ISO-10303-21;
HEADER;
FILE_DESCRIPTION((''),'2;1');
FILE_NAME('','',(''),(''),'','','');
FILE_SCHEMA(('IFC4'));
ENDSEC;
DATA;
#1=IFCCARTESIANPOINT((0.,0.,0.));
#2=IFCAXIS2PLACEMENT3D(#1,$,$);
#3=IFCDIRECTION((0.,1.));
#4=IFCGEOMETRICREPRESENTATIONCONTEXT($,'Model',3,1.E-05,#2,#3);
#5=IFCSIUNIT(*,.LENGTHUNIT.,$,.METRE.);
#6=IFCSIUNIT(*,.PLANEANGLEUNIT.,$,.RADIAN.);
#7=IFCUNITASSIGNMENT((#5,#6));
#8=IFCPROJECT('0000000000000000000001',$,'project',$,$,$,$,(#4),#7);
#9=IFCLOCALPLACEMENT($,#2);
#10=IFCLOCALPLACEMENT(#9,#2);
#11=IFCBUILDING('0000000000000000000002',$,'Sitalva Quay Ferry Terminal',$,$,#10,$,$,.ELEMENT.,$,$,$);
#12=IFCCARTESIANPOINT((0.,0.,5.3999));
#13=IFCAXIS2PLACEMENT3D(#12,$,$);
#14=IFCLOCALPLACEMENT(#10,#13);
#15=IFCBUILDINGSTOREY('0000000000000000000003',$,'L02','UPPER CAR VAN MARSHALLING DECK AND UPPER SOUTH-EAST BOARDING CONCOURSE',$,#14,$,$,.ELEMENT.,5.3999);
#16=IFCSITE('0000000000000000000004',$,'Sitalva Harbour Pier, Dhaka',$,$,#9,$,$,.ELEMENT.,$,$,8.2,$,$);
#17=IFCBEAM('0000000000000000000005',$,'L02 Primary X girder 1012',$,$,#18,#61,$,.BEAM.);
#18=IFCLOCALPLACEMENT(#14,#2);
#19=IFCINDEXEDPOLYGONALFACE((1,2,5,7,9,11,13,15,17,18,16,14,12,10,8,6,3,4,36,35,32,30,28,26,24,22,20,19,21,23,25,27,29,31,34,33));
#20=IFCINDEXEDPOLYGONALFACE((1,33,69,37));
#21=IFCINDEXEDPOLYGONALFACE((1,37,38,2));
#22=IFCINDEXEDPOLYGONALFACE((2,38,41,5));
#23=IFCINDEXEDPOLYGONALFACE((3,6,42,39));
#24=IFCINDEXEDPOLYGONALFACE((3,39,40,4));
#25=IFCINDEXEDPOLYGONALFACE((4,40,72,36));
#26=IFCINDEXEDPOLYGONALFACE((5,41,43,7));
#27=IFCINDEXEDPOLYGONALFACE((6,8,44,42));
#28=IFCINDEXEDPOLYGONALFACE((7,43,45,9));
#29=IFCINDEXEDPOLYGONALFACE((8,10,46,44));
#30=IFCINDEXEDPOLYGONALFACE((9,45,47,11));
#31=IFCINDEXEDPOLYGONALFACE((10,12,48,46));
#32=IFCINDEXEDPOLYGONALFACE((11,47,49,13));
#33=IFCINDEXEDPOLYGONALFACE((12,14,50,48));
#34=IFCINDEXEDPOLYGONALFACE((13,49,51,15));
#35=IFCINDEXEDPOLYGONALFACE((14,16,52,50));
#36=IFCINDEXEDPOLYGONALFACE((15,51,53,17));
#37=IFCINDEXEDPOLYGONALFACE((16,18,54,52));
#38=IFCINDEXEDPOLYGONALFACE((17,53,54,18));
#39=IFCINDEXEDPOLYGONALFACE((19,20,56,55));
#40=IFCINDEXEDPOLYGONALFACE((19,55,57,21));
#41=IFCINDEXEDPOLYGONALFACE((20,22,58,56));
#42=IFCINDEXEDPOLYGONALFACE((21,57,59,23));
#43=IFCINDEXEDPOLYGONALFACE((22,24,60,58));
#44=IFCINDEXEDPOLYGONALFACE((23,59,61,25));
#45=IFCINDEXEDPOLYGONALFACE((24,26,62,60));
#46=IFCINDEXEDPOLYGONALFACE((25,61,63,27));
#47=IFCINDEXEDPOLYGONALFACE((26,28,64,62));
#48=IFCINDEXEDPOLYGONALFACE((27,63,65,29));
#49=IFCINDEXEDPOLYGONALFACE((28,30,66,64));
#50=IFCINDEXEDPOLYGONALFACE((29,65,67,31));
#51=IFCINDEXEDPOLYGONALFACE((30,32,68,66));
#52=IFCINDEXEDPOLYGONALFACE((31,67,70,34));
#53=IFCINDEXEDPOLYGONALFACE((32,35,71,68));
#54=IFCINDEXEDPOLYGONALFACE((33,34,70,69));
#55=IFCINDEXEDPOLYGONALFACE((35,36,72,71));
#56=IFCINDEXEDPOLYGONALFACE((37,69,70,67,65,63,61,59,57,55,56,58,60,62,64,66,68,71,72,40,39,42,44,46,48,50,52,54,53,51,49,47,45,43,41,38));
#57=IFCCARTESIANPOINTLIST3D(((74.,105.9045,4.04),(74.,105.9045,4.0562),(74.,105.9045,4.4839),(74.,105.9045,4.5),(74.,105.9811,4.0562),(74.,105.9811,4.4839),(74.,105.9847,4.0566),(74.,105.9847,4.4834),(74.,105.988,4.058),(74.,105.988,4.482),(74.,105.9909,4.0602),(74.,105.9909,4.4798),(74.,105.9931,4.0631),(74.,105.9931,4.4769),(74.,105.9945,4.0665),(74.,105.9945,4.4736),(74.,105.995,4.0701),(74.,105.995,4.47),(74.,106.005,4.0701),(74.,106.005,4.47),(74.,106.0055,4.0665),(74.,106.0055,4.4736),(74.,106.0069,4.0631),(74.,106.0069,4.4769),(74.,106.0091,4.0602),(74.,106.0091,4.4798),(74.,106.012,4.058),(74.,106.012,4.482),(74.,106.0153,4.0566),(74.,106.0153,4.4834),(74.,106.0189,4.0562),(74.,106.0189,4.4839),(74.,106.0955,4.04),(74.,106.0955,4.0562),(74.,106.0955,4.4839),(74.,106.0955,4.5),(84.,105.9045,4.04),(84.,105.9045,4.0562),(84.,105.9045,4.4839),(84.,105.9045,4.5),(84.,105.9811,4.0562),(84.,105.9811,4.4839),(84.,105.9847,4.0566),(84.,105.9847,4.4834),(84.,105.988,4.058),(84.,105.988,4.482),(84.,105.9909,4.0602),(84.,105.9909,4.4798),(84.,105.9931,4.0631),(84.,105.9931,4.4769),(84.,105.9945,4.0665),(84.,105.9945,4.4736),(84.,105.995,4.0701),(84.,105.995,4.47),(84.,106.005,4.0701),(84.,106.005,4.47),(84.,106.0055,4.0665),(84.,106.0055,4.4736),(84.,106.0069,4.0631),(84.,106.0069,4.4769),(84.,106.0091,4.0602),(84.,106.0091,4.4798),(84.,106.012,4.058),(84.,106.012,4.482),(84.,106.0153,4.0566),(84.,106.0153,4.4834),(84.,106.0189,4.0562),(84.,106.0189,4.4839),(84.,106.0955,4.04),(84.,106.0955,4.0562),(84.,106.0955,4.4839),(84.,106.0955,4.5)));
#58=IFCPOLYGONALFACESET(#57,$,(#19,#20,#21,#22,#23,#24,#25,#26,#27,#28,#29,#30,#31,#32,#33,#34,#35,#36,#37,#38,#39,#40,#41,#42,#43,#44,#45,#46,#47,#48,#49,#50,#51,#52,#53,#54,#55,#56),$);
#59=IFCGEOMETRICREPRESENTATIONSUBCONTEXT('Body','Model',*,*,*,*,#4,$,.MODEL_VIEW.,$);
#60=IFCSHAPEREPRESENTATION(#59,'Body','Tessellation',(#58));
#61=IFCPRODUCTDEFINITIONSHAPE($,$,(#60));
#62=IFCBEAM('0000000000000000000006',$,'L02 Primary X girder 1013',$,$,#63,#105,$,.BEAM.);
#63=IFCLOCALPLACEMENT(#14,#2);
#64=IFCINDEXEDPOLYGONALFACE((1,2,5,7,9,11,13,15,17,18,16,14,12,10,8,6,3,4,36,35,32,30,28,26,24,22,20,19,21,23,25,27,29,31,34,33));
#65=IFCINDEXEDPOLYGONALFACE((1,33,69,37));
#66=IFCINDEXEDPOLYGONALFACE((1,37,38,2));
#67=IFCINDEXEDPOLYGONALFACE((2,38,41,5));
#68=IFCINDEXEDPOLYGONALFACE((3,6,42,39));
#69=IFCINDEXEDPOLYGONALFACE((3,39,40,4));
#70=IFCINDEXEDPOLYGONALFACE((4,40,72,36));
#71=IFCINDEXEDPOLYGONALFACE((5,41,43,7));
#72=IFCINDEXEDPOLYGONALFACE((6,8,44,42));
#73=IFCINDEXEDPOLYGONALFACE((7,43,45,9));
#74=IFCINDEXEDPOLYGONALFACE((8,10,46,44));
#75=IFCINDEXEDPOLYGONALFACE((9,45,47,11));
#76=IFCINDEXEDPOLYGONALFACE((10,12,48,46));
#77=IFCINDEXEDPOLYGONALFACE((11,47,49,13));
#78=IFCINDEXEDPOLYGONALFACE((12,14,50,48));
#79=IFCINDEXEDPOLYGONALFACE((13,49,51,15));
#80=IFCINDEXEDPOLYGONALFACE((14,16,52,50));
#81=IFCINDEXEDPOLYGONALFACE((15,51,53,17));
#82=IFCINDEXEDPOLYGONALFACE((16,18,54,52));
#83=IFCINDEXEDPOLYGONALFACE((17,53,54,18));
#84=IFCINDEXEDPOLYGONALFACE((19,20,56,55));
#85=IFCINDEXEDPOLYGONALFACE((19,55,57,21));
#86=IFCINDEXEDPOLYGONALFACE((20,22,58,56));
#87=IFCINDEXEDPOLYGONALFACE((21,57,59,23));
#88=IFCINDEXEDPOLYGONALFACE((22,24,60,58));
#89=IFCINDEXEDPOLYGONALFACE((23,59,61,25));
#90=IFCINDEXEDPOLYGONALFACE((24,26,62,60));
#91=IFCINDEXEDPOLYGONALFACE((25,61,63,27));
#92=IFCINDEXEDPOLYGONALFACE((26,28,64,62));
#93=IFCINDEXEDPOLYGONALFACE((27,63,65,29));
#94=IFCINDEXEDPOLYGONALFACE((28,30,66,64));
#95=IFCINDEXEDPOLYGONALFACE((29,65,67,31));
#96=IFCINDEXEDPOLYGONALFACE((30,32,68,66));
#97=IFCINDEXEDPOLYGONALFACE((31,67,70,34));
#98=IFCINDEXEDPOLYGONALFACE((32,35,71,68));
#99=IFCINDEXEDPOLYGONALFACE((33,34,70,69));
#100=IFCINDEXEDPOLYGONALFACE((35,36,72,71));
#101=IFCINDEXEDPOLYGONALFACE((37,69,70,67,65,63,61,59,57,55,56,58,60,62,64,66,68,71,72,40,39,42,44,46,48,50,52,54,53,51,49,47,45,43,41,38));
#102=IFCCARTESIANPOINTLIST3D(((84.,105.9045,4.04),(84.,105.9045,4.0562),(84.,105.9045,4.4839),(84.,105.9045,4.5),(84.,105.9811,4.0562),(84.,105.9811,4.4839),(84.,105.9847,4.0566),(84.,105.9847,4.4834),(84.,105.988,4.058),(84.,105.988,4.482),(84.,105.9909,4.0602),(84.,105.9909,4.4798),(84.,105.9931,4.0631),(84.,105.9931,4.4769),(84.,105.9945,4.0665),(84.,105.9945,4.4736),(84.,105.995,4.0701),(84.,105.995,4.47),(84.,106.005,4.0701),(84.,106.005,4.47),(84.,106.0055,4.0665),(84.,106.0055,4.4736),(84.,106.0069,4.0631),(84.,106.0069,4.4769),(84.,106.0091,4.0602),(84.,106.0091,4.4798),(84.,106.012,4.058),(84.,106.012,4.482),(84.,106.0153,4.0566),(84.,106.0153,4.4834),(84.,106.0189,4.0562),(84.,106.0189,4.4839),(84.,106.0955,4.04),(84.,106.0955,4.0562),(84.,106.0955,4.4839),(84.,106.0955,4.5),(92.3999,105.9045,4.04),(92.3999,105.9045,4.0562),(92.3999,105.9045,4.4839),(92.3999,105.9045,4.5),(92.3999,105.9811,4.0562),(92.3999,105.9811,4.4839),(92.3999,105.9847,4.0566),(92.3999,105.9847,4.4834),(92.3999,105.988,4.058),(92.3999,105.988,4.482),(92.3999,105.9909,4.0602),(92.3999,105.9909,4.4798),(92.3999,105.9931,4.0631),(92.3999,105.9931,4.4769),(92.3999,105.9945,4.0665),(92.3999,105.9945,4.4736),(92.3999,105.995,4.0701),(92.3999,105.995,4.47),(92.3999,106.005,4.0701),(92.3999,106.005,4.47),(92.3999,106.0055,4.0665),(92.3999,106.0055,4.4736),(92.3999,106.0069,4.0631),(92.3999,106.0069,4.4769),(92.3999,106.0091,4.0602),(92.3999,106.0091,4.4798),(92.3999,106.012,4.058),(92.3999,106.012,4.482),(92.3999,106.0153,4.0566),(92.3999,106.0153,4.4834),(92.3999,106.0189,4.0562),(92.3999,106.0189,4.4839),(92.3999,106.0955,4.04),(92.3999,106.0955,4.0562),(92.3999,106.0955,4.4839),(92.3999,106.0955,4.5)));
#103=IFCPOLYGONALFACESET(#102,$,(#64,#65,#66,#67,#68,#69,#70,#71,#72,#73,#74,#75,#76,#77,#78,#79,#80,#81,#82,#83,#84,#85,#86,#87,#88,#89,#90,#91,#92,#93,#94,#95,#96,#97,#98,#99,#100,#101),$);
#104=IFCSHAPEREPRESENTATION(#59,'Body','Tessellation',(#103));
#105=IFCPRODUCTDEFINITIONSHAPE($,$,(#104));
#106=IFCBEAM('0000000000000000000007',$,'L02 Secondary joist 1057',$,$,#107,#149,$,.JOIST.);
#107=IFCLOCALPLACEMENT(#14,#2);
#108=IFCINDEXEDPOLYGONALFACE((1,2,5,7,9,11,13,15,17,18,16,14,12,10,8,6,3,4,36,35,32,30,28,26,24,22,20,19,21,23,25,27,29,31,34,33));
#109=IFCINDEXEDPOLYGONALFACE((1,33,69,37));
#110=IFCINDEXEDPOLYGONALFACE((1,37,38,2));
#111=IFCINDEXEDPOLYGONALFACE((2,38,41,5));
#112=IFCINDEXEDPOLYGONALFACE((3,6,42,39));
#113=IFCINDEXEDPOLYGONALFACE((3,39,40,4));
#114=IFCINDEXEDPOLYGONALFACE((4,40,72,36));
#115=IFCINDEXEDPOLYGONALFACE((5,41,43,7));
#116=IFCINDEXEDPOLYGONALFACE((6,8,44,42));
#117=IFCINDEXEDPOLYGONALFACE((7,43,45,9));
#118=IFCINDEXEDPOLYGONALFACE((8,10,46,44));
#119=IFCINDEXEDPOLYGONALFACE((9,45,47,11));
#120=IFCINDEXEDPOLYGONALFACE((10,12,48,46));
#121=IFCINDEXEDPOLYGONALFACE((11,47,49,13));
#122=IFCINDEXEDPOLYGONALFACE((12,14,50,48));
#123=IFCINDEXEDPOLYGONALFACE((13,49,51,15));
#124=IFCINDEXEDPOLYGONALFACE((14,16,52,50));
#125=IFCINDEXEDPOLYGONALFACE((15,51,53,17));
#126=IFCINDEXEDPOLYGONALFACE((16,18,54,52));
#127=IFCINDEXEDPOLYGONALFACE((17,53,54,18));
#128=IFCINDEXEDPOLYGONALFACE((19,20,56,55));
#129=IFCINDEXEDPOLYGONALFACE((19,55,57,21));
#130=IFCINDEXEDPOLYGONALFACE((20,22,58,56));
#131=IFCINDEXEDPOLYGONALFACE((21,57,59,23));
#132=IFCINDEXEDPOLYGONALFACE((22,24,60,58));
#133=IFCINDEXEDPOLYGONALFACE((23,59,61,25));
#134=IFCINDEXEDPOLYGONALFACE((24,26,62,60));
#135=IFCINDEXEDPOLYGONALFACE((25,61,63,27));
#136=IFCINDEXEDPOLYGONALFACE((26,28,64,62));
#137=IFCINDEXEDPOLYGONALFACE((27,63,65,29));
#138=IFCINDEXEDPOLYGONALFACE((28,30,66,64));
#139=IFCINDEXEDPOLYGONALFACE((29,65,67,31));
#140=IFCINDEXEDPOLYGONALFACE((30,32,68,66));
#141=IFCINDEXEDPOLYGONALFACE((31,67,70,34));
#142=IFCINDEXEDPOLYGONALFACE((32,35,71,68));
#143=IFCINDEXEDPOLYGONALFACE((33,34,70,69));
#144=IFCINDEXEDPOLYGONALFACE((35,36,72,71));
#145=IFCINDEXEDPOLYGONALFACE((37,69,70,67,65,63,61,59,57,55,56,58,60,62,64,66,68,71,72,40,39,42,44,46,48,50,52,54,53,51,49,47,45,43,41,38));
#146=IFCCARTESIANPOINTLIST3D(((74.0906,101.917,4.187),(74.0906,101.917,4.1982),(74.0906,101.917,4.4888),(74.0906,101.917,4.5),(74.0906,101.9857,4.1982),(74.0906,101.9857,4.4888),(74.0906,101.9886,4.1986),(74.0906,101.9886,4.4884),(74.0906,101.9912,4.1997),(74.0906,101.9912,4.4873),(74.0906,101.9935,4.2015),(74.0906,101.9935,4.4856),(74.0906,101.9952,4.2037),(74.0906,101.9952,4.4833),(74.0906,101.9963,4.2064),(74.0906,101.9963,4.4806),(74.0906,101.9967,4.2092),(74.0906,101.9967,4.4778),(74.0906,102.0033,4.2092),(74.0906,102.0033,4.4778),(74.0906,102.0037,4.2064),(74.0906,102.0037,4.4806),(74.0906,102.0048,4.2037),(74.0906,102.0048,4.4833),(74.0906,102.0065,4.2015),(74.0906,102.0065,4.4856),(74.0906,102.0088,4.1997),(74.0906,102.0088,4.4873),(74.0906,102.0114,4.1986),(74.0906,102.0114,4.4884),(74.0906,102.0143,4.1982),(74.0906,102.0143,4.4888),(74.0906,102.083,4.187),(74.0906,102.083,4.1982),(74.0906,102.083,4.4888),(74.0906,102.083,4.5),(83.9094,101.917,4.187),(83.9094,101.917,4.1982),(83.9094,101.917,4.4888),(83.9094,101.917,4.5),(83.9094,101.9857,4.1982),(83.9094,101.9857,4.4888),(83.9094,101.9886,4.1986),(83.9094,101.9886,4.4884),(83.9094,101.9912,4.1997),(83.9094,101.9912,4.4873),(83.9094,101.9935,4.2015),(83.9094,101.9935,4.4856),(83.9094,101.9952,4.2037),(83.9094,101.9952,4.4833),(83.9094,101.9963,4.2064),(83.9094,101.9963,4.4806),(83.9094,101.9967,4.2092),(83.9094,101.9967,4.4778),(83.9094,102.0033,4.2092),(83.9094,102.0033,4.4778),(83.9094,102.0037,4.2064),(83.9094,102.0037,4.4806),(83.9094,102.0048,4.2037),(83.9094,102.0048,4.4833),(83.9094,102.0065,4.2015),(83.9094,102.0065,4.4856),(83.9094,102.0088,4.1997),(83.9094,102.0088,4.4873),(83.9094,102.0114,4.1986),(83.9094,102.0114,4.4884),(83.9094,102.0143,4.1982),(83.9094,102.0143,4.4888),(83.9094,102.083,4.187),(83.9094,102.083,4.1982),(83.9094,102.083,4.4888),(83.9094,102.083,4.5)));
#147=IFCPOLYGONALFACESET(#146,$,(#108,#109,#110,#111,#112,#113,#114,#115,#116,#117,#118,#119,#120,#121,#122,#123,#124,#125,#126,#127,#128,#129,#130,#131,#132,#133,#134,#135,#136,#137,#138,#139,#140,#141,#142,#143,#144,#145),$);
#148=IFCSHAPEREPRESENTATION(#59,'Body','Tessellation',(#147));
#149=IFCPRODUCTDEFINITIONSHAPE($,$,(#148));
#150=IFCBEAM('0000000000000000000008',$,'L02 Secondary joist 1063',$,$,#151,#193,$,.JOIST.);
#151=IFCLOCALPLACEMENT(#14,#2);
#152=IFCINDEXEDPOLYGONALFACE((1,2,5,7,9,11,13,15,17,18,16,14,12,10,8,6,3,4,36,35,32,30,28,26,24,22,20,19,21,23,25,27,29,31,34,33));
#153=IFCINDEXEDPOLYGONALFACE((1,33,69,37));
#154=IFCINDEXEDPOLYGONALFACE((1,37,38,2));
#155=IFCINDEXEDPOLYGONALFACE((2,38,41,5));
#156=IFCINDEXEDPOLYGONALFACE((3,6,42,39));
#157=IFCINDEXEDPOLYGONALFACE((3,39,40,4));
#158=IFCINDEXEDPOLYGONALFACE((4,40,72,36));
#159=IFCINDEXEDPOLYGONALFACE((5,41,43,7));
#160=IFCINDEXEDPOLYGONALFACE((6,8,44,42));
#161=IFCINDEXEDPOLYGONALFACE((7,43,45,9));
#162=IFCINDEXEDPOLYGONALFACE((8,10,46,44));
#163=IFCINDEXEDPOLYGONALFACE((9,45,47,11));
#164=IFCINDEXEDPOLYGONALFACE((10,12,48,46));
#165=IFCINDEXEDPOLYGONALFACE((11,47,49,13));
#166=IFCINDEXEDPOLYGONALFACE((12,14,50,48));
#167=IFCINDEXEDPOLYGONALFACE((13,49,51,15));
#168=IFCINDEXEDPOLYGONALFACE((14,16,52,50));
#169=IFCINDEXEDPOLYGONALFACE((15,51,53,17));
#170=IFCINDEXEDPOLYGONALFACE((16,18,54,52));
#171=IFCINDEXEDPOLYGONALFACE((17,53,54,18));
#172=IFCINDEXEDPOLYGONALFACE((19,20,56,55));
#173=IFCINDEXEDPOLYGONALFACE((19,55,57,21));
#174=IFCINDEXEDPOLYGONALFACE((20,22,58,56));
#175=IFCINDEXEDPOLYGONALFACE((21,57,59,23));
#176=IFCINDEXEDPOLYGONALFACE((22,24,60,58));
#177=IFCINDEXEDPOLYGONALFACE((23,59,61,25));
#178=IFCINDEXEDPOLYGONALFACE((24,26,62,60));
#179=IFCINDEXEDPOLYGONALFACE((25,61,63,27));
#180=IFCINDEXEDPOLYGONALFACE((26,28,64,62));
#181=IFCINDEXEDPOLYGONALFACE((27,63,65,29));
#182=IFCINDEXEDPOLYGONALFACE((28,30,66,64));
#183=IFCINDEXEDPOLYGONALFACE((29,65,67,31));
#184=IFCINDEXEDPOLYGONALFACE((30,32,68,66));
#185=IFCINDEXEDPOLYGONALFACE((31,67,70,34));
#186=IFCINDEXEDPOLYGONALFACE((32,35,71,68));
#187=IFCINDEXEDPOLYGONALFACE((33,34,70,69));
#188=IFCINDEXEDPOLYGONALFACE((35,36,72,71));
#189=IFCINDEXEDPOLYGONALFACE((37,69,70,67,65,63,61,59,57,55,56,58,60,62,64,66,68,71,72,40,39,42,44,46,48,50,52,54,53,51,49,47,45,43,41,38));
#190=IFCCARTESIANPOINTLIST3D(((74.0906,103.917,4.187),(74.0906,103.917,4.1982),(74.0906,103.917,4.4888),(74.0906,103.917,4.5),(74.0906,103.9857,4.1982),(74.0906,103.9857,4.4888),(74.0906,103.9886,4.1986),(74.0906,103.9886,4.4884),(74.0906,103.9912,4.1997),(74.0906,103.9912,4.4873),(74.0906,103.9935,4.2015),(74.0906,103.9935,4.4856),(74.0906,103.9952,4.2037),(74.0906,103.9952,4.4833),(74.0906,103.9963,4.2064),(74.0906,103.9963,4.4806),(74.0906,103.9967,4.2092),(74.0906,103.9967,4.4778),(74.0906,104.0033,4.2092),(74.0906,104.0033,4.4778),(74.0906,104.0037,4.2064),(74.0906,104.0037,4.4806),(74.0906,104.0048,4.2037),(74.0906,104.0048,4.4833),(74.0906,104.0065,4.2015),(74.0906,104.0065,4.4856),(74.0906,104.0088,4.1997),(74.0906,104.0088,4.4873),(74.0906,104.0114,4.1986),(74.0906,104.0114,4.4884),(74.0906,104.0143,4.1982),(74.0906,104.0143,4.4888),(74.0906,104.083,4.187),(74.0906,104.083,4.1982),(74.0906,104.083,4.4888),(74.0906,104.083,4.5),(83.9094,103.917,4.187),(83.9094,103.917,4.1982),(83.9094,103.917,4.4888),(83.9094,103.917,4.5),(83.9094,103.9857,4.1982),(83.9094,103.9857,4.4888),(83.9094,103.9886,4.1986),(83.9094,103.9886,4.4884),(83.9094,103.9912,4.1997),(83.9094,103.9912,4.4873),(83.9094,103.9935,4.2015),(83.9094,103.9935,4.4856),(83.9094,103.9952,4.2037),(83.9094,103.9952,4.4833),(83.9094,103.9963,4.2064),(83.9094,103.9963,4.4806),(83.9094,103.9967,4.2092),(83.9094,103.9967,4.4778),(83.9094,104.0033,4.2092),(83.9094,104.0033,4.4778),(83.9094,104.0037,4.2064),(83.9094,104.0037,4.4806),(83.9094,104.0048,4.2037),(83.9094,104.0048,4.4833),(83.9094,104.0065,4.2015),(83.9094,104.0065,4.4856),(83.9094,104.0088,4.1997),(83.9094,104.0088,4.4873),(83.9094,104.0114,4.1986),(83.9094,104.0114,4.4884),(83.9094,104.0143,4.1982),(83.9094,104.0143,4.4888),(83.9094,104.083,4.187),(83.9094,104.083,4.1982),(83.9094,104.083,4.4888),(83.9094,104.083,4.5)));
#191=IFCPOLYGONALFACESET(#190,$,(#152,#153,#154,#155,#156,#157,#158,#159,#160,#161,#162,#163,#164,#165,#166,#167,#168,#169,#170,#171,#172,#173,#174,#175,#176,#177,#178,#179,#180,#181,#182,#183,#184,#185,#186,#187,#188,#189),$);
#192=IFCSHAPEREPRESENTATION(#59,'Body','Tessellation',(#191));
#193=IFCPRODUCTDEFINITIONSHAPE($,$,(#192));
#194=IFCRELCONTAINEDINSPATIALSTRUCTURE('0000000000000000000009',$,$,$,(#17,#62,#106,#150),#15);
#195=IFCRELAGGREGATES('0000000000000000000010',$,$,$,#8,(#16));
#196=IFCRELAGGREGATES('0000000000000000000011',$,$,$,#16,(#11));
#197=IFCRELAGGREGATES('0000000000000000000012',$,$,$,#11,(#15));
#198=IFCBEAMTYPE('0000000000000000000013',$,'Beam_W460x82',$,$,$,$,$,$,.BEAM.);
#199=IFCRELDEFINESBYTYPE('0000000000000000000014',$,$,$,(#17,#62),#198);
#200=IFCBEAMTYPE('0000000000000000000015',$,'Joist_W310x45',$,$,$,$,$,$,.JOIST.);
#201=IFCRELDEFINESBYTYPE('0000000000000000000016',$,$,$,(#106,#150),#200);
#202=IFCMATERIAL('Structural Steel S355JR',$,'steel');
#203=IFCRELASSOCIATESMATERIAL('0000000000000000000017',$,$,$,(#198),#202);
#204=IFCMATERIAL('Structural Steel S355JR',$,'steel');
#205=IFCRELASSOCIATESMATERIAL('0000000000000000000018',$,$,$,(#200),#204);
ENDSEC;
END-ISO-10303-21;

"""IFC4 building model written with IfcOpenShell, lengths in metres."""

from ifc_helpers import new_model, si_unit, direction, frame, origin, origin_2d, place, context, subcontext, project, spatial, i_section, extrude, material, material_profile, profile_set, type_object, element, save


model = new_model("IFC4")

# Units and contexts
model_context = context("Model", 3, precision=1e-05, world=origin(), true_north=direction((0.0, 1.0)))
body_context = subcontext(model_context, "Body", "Model", "MODEL_VIEW")
ifc_project = project(units=[si_unit("LENGTHUNIT", "METRE"), si_unit("PLANEANGLEUNIT", "RADIAN")], contexts=[model_context])

# Site, building, storey
site_placement = place(None, origin())
site = spatial("IfcSite", under=ifc_project, at=site_placement, Name="Sitalva Harbour Pier, Dhaka", CompositionType="ELEMENT", RefElevation=8.2)
building_placement = place(site_placement, origin())
building = spatial("IfcBuilding", under=site, at=building_placement, Name="Sitalva Quay Ferry Terminal", CompositionType="ELEMENT")
storey_placement = place(building_placement, frame((0.0, 0.0, 5.3999)))
storey = spatial("IfcBuildingStorey", under=building, at=storey_placement, Name="L02", Description="UPPER CAR VAN MARSHALLING DECK AND UPPER SOUTH-EAST BOARDING CONCOURSE", CompositionType="ELEMENT", Elevation=5.3999)

# Beams
ifc_material_1 = material(Name="Structural Steel S355JR", Category="steel")
ifc_material_profile_1 = material_profile(ifc_material_1, i_section(OverallWidth=0.1909, OverallDepth=0.46, WebThickness=0.01, FlangeThickness=0.0161, FilletRadius=0.0139, at=origin_2d()), Name="W460x82")
ifc_profile_set_1 = profile_set([ifc_material_profile_1], Name="Structural Steel S355JR")
beam_type_1 = type_object("IfcBeamType", Name="Beam_W460x82", PredefinedType="BEAM", material=ifc_profile_set_1)
beam_1_placement = place(storey_placement, frame((74.0, 106.0, 4.27), z_axis=(1.0, 0.0, 0.0), x_axis=(0.0, 1.0, 0.0)))
element("IfcBeam", 1, at=beam_1_placement, inside=storey, type_object=beam_type_1, Name="L02 Primary X girder 1012", PredefinedType="BEAM", context=body_context, shape_type="SweptSolid", body=[
    extrude(i_section(OverallWidth=0.1909, OverallDepth=0.46, WebThickness=0.01, FlangeThickness=0.0161, FilletRadius=0.0139, at=origin_2d()), origin(), (0.0, 0.0, 1.0), 10.0),
])
beam_2_placement = place(storey_placement, frame((84.0, 106.0, 4.27), z_axis=(1.0, 0.0, 0.0), x_axis=(0.0, 1.0, 0.0)))
element("IfcBeam", 2, at=beam_2_placement, inside=storey, type_object=beam_type_1, Name="L02 Primary X girder 1013", PredefinedType="BEAM", context=body_context, shape_type="SweptSolid", body=[
    extrude(i_section(OverallWidth=0.1909, OverallDepth=0.46, WebThickness=0.01, FlangeThickness=0.0161, FilletRadius=0.0139, at=origin_2d()), origin(), (0.0, 0.0, 1.0), 8.3999),
])
ifc_material_2 = material(Name="Structural Steel S355JR", Category="steel")
ifc_material_profile_2 = material_profile(ifc_material_2, i_section(OverallWidth=0.166, OverallDepth=0.313, WebThickness=0.0066, FlangeThickness=0.0112, FilletRadius=0.011, at=origin_2d()), Name="W310x45")
ifc_profile_set_2 = profile_set([ifc_material_profile_2], Name="Structural Steel S355JR")
beam_type_2 = type_object("IfcBeamType", Name="Joist_W310x45", PredefinedType="JOIST", material=ifc_profile_set_2)
for number, where, z_axis, x_axis, name in (
    (3, (74.0906, 102.0, 4.3435), (1.0, 0.0, 0.0), (0.0, 1.0, 0.0), "L02 Secondary joist 1057"),
    (4, (74.0906, 104.0, 4.3435), (1.0, 0.0, 0.0), (0.0, 1.0, 0.0), "L02 Secondary joist 1063"),
):
    element("IfcBeam", number, at=place(storey_placement, frame(where, z_axis=z_axis, x_axis=x_axis)), inside=storey, type_object=beam_type_2, Name=name, PredefinedType="JOIST", context=body_context, shape_type="SweptSolid", body=[
        extrude(i_section(OverallWidth=0.166, OverallDepth=0.313, WebThickness=0.0066, FlangeThickness=0.0112, FilletRadius=0.011, at=origin_2d()), origin(), (0.0, 0.0, 1.0), 9.8188),
    ])

save(model, "model.ifc")
